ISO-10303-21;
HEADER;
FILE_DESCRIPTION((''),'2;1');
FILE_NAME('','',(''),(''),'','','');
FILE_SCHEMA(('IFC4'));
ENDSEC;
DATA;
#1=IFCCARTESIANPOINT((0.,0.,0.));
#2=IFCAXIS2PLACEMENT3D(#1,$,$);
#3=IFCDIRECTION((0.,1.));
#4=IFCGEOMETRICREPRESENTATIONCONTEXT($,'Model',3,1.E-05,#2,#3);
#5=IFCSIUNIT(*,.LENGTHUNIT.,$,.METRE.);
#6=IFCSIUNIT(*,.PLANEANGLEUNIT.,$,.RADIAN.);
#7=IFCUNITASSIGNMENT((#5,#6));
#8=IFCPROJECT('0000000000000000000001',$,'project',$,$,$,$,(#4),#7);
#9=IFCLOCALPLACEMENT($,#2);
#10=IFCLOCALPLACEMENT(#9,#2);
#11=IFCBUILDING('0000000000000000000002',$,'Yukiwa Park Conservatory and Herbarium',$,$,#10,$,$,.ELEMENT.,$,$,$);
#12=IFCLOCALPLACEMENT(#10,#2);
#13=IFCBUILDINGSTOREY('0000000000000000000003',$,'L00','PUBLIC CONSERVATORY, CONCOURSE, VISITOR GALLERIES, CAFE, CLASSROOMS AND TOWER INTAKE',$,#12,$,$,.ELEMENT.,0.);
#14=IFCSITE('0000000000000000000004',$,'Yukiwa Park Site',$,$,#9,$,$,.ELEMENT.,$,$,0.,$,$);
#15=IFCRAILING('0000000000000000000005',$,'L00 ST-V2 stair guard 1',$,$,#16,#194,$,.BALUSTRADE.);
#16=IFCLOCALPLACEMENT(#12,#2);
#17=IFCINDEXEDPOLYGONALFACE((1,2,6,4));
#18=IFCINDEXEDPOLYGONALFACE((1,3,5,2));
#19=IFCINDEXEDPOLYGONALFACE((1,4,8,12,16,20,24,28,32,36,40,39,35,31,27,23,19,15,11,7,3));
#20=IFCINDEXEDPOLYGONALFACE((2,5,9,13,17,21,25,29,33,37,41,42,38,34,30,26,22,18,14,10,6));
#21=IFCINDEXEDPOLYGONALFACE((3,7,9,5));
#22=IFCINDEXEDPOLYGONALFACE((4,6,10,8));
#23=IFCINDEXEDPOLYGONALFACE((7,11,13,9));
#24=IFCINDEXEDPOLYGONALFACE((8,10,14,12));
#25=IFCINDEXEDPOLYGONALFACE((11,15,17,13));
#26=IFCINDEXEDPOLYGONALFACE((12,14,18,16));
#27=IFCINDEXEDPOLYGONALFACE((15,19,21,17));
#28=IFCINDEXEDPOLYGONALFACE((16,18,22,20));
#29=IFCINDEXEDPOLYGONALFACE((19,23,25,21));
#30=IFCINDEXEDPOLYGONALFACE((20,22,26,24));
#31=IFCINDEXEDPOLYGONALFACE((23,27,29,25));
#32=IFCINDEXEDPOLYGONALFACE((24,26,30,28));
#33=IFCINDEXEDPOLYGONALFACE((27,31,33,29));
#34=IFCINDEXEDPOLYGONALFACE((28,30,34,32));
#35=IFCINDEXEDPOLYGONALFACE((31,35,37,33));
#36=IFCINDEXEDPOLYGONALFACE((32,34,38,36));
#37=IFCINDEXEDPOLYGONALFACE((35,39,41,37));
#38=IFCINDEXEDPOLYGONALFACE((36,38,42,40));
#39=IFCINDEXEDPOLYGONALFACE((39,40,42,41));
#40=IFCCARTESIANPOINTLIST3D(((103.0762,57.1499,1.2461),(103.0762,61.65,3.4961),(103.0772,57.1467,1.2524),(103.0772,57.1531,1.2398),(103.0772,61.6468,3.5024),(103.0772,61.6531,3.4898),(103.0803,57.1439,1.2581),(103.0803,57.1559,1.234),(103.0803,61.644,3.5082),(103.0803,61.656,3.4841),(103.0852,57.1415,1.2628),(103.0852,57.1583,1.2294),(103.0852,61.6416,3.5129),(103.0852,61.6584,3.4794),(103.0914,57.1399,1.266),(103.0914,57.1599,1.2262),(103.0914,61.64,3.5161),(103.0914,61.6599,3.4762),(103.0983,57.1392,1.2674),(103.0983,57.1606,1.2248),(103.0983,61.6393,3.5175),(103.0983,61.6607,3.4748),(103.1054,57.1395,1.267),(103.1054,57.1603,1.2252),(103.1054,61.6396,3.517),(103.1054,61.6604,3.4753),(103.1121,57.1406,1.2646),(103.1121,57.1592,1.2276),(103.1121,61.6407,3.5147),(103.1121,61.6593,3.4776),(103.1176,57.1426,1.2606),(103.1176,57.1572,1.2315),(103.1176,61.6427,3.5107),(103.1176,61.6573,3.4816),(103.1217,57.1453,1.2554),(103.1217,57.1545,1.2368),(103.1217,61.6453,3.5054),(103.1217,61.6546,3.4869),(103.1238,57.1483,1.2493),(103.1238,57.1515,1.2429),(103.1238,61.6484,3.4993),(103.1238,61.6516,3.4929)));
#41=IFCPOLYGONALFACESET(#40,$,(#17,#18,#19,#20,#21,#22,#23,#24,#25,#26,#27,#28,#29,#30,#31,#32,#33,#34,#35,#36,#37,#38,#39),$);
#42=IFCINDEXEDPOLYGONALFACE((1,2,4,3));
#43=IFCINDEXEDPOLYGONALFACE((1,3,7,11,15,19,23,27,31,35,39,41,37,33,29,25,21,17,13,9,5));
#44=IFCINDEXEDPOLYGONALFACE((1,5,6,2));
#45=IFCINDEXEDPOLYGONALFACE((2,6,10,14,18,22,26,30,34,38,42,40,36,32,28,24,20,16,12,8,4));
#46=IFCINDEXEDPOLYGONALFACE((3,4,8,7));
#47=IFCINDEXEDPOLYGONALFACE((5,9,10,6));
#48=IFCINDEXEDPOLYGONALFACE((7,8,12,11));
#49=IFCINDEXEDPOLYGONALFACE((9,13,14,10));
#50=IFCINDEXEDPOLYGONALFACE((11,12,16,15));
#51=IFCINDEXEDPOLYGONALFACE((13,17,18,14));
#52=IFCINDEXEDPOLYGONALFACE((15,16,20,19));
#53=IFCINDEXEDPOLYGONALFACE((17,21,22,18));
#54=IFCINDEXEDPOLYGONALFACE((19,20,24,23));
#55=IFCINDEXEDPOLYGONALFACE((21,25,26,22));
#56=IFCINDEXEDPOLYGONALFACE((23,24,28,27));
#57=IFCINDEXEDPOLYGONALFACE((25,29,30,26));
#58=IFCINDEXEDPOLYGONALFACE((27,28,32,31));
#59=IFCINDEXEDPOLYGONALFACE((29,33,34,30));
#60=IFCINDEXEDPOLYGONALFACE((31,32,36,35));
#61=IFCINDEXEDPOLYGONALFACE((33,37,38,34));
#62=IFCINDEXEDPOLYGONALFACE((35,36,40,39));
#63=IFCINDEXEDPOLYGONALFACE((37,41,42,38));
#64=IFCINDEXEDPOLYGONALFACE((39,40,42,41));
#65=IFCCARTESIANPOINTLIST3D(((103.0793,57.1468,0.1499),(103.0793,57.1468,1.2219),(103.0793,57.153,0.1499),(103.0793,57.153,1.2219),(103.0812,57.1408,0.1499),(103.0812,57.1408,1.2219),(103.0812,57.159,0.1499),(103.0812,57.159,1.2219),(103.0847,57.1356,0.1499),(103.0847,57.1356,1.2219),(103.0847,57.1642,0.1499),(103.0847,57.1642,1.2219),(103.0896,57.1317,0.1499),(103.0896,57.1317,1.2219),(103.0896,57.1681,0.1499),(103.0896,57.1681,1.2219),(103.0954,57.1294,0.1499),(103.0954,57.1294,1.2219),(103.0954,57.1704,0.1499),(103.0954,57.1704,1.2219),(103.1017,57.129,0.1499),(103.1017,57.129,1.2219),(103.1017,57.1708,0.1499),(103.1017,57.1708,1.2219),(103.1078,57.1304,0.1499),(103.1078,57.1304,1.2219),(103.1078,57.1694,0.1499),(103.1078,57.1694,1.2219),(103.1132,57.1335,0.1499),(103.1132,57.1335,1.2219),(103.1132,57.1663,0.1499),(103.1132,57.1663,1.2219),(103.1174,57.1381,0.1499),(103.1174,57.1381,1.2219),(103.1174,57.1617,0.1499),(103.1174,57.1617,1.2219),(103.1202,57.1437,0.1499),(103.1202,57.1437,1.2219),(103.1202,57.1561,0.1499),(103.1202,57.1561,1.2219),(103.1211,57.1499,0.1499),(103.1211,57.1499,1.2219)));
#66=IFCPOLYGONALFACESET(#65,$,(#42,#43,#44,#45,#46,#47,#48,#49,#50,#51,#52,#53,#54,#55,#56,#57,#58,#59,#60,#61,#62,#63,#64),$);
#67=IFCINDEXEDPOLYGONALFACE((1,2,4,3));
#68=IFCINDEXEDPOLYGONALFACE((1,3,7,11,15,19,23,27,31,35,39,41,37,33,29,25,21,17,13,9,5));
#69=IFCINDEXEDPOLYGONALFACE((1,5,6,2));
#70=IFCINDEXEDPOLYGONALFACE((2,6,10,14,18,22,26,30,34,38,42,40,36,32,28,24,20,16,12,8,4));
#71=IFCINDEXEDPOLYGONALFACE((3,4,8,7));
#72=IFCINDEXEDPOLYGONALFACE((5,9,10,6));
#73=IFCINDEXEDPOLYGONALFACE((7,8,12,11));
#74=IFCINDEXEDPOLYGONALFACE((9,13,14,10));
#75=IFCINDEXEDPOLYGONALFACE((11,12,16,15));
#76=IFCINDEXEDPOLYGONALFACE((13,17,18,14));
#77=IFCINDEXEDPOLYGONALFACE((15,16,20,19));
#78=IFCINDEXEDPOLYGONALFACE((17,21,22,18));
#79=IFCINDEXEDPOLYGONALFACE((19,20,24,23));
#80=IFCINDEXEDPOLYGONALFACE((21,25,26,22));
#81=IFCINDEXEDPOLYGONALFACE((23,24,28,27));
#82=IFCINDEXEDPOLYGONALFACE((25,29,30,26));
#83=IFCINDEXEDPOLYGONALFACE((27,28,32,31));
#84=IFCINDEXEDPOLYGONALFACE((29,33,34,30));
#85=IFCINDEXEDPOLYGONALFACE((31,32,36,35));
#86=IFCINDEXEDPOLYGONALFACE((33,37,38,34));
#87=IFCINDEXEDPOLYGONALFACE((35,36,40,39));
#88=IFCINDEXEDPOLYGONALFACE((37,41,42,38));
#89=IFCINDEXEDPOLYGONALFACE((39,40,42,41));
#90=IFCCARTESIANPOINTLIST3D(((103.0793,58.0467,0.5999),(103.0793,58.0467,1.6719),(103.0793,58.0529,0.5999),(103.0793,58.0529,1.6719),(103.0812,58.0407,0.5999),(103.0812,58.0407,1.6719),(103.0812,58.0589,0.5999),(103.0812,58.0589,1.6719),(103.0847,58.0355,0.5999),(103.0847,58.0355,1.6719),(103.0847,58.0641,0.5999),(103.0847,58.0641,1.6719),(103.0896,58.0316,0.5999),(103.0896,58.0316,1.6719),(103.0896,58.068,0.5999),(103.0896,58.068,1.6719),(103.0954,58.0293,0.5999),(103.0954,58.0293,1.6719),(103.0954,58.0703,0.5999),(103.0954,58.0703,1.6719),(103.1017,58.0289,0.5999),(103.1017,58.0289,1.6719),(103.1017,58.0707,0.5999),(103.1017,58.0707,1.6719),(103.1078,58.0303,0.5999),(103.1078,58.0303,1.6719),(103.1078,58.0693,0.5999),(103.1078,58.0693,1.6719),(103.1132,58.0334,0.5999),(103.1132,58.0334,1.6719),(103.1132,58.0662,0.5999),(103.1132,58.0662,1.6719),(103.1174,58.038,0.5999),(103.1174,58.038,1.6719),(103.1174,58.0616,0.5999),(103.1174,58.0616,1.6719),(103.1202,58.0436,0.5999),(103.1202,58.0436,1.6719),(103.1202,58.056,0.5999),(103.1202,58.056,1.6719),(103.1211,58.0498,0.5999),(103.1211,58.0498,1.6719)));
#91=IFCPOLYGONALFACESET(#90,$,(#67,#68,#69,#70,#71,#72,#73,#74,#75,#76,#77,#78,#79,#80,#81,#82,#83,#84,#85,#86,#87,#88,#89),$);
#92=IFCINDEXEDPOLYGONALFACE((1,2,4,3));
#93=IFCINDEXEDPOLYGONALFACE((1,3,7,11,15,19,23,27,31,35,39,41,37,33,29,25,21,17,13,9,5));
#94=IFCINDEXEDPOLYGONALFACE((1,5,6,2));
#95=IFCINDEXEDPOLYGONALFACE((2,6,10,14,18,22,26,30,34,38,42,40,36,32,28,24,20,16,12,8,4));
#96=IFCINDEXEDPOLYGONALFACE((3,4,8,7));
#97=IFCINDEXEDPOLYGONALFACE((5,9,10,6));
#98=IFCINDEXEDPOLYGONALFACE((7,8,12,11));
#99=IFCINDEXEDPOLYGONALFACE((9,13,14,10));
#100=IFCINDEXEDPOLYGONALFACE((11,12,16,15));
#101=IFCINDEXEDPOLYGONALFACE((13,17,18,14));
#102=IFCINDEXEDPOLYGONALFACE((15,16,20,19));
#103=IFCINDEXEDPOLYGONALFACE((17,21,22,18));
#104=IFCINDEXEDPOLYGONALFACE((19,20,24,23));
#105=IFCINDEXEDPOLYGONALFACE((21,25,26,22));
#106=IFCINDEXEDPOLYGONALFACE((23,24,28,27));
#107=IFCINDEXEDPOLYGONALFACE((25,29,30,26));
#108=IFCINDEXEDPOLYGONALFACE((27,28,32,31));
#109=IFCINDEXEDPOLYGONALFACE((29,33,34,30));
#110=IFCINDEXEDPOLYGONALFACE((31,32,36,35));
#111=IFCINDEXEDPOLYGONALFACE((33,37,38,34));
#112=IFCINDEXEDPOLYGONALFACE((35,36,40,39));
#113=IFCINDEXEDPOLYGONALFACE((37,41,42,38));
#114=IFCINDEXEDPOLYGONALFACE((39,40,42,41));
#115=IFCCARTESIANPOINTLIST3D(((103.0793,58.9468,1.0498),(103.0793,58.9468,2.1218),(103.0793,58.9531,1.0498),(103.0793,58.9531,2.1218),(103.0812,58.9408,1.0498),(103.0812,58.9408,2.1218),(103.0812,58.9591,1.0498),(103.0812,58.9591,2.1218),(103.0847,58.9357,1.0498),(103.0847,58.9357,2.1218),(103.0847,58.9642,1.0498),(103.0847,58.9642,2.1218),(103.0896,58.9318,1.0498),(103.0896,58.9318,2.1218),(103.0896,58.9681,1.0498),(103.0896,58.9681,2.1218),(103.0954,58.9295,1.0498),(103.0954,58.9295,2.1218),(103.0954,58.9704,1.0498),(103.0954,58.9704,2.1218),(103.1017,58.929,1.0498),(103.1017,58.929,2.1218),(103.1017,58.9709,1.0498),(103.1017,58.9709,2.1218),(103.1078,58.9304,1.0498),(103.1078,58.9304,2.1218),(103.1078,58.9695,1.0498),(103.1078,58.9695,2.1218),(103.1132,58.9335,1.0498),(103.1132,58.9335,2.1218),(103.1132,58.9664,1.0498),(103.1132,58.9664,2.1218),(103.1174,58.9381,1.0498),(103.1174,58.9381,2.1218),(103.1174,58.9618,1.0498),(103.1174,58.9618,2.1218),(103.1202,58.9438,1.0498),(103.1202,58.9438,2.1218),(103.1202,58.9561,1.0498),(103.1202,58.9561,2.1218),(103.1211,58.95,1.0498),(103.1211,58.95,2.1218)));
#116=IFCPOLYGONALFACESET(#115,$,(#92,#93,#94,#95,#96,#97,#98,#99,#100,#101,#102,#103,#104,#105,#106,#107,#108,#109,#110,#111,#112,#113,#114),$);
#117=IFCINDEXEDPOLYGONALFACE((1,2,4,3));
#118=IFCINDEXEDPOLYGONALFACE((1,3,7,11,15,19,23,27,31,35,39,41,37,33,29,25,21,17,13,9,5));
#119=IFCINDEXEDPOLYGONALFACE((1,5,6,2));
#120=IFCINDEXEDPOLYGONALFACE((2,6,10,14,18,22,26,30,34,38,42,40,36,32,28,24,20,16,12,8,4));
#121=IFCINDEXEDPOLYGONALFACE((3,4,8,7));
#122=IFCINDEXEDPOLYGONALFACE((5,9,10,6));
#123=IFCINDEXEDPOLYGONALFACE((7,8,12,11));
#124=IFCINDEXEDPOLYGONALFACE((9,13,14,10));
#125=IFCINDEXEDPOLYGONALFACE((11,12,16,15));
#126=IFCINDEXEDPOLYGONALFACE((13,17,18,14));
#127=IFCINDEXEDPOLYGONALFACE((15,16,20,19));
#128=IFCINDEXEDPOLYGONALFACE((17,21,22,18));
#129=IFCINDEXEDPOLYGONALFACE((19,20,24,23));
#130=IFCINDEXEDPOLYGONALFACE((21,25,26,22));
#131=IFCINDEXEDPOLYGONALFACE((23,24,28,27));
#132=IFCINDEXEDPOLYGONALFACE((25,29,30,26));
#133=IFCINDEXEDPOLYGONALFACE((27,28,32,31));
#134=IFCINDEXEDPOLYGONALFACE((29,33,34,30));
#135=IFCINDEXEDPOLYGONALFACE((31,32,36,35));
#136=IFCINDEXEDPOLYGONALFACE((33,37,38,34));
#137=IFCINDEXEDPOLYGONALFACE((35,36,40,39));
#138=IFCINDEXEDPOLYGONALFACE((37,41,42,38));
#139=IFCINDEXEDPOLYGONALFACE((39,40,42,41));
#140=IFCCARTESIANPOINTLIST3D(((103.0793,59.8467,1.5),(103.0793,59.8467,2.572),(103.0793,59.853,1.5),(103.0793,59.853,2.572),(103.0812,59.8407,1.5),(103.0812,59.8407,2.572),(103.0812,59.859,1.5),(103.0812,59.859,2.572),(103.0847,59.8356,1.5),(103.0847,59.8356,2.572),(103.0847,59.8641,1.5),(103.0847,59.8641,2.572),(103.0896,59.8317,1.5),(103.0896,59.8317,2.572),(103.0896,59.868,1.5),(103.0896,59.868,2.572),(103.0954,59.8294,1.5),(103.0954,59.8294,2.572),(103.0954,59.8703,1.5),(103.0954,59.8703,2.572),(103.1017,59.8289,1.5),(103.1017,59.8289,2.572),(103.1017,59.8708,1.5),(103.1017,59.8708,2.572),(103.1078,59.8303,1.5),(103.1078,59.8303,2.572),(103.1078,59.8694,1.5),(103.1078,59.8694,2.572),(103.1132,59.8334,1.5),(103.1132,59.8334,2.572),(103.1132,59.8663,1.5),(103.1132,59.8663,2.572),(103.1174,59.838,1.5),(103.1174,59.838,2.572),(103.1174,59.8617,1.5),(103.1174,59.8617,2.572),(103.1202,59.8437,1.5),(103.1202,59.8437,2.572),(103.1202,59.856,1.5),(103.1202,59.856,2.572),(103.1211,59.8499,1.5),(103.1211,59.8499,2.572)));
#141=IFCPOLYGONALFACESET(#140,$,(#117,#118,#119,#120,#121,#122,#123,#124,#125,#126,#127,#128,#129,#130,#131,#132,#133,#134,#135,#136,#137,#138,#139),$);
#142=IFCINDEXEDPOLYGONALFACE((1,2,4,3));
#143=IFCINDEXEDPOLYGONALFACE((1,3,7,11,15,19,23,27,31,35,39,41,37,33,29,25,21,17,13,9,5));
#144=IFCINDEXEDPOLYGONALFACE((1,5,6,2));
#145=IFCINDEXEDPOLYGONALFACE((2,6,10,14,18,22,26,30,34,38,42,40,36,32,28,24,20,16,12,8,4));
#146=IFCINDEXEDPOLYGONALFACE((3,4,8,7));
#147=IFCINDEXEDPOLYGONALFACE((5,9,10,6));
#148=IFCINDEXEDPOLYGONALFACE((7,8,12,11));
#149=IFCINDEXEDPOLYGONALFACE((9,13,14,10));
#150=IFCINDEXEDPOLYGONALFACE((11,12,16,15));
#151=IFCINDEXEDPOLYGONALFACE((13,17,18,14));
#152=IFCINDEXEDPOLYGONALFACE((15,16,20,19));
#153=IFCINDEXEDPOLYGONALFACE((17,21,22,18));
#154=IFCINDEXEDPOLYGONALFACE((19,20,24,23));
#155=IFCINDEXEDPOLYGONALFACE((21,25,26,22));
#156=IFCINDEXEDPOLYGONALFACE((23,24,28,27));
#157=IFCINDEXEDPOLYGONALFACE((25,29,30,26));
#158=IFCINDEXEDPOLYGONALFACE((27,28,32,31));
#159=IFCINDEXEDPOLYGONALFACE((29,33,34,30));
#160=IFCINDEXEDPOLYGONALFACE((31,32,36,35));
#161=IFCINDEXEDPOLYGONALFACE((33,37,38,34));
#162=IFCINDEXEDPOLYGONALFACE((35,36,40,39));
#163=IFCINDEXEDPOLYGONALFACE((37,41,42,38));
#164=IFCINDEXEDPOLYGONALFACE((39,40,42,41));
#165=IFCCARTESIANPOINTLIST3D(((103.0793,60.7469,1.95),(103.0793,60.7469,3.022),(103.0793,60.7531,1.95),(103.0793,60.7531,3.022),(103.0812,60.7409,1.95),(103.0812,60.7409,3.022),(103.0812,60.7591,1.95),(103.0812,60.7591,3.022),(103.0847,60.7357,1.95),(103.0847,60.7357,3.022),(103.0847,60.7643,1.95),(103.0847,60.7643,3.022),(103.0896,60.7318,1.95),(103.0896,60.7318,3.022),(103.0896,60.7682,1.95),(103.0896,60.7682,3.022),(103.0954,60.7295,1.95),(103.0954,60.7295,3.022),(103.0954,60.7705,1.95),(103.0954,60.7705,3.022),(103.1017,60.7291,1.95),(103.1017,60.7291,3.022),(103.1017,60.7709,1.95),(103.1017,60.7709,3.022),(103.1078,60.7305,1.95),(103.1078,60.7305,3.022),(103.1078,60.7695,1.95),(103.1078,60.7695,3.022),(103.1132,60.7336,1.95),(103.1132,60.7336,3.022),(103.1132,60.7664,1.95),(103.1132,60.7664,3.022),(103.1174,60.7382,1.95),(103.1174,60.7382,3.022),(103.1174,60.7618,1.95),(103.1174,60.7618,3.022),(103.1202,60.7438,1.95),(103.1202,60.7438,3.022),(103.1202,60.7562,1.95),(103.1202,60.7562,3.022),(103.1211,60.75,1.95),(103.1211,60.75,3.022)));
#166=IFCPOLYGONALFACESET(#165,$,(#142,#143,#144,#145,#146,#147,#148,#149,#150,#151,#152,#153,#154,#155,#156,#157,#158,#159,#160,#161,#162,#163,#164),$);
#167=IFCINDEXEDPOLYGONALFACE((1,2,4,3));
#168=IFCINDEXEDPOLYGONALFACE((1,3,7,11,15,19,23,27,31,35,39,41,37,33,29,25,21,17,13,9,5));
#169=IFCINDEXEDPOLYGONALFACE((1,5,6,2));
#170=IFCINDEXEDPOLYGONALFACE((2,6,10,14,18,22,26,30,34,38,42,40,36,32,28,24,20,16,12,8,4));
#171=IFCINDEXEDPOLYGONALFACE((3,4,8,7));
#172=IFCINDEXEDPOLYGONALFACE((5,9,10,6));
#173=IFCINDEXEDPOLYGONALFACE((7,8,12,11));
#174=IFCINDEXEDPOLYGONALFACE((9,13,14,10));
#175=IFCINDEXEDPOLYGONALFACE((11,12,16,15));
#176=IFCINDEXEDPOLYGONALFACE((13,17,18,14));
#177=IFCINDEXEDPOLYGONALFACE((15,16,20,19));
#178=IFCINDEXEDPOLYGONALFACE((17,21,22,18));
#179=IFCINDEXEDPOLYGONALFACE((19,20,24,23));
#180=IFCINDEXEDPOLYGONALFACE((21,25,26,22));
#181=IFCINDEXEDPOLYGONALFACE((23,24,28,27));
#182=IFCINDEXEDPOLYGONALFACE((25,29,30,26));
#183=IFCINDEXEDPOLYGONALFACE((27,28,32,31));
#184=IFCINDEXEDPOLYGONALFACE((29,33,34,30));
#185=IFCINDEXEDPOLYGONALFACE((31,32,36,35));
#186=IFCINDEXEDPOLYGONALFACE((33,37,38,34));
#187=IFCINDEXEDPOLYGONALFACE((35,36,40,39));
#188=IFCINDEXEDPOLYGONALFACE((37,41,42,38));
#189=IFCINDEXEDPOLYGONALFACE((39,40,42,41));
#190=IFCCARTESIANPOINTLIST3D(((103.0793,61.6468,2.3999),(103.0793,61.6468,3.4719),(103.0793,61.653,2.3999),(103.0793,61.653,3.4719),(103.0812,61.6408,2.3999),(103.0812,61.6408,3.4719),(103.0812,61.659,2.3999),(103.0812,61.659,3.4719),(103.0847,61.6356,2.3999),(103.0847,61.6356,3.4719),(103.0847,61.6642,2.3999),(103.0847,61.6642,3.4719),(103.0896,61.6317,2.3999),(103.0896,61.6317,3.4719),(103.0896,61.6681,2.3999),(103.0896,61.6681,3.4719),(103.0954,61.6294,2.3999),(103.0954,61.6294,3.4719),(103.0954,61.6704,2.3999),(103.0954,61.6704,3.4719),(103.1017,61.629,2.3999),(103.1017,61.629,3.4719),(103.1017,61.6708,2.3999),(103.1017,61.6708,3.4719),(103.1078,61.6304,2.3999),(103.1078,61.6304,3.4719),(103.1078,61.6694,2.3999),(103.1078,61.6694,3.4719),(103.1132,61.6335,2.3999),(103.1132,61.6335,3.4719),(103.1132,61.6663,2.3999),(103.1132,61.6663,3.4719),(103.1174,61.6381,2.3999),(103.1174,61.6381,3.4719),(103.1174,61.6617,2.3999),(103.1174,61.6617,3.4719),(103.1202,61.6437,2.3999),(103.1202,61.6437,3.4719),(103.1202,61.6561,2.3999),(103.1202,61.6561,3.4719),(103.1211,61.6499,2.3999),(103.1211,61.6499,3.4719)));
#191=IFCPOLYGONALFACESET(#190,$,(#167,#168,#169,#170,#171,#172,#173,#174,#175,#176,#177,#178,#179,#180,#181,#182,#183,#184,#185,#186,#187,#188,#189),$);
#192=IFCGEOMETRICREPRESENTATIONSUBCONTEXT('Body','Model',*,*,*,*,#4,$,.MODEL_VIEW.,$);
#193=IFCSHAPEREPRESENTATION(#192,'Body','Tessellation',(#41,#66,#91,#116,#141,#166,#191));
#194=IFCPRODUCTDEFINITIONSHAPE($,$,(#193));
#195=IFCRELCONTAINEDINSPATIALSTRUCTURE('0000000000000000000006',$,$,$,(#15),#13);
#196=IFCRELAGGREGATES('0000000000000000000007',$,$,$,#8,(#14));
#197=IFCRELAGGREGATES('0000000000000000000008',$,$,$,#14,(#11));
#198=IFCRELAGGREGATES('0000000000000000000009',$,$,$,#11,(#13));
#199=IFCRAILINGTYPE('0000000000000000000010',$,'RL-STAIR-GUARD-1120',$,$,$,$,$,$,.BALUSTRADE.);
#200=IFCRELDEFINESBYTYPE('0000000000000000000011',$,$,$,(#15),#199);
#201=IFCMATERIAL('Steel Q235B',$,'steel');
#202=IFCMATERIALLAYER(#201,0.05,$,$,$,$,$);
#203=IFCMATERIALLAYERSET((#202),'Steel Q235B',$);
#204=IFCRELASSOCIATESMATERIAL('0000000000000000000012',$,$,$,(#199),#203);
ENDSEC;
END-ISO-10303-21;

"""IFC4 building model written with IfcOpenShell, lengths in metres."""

from ifc_helpers import new_model, si_unit, direction, frame, origin, origin_2d, place, context, subcontext, project, spatial, circle, extrude, material, layer, layer_set, type_object, element, save


model = new_model("IFC4")

# Units and contexts
model_context = context("Model", 3, precision=1e-05, world=origin(), true_north=direction((0.0, 1.0)))
body_context = subcontext(model_context, "Body", "Model", "MODEL_VIEW")
ifc_project = project(units=[si_unit("LENGTHUNIT", "METRE"), si_unit("PLANEANGLEUNIT", "RADIAN")], contexts=[model_context])

# Site, building, storey
site_placement = place(None, origin())
site = spatial("IfcSite", under=ifc_project, at=site_placement, Name="Yukiwa Park Site", CompositionType="ELEMENT", RefElevation=0.0)
building_placement = place(site_placement, origin())
building = spatial("IfcBuilding", under=site, at=building_placement, Name="Yukiwa Park Conservatory and Herbarium", CompositionType="ELEMENT")
storey_placement = place(building_placement, origin())
storey = spatial("IfcBuildingStorey", under=building, at=storey_placement, Name="L00", Description="PUBLIC CONSERVATORY, CONCOURSE, VISITOR GALLERIES, CAFE, CLASSROOMS AND TOWER INTAKE", CompositionType="ELEMENT", Elevation=0.0)

# Railing
ifc_material_1 = material(Name="Steel Q235B", Category="steel")
ifc_layer_1 = layer(ifc_material_1, 0.05)
ifc_layer_set_1 = layer_set([ifc_layer_1], Name="Steel Q235B")
railing_type_1 = type_object("IfcRailingType", Name="RL-STAIR-GUARD-1120", PredefinedType="BALUSTRADE", material=ifc_layer_set_1)
railing_1_placement = place(storey_placement, frame((103.1001, 57.1499, 0.1499)))
element("IfcRailing", 1, at=railing_1_placement, inside=storey, type_object=railing_type_1, Name="L00 ST-V2 stair guard 1", PredefinedType="BALUSTRADE", context=body_context, shape_type="SweptSolid", body=[
    extrude(circle(Radius=0.0239, at=origin_2d()), frame((0.0, 0.0, 1.0962), z_axis=(0.0, 0.894427, 0.447214), x_axis=(-1.0, 0.0, 0.0)), (0.0, 0.0, 1.0), 5.0312),
    extrude(circle(Radius=0.021, at=origin_2d()), origin(), (0.0, 0.0, 1.0), 1.072),
    extrude(circle(Radius=0.021, at=origin_2d()), frame((0.0, 0.8999, 0.45)), (0.0, 0.0, 1.0), 1.072),
    extrude(circle(Radius=0.021, at=origin_2d()), frame((0.0, 1.8, 0.8999)), (0.0, 0.0, 1.0), 1.072),
    extrude(circle(Radius=0.021, at=origin_2d()), frame((0.0, 2.7, 1.3501)), (0.0, 0.0, 1.0), 1.072),
    extrude(circle(Radius=0.021, at=origin_2d()), frame((0.0, 3.6001, 1.8)), (0.0, 0.0, 1.0), 1.072),
    extrude(circle(Radius=0.021, at=origin_2d()), frame((0.0, 4.5, 2.25)), (0.0, 0.0, 1.0), 1.072),
])

save(model, "model.ifc")
